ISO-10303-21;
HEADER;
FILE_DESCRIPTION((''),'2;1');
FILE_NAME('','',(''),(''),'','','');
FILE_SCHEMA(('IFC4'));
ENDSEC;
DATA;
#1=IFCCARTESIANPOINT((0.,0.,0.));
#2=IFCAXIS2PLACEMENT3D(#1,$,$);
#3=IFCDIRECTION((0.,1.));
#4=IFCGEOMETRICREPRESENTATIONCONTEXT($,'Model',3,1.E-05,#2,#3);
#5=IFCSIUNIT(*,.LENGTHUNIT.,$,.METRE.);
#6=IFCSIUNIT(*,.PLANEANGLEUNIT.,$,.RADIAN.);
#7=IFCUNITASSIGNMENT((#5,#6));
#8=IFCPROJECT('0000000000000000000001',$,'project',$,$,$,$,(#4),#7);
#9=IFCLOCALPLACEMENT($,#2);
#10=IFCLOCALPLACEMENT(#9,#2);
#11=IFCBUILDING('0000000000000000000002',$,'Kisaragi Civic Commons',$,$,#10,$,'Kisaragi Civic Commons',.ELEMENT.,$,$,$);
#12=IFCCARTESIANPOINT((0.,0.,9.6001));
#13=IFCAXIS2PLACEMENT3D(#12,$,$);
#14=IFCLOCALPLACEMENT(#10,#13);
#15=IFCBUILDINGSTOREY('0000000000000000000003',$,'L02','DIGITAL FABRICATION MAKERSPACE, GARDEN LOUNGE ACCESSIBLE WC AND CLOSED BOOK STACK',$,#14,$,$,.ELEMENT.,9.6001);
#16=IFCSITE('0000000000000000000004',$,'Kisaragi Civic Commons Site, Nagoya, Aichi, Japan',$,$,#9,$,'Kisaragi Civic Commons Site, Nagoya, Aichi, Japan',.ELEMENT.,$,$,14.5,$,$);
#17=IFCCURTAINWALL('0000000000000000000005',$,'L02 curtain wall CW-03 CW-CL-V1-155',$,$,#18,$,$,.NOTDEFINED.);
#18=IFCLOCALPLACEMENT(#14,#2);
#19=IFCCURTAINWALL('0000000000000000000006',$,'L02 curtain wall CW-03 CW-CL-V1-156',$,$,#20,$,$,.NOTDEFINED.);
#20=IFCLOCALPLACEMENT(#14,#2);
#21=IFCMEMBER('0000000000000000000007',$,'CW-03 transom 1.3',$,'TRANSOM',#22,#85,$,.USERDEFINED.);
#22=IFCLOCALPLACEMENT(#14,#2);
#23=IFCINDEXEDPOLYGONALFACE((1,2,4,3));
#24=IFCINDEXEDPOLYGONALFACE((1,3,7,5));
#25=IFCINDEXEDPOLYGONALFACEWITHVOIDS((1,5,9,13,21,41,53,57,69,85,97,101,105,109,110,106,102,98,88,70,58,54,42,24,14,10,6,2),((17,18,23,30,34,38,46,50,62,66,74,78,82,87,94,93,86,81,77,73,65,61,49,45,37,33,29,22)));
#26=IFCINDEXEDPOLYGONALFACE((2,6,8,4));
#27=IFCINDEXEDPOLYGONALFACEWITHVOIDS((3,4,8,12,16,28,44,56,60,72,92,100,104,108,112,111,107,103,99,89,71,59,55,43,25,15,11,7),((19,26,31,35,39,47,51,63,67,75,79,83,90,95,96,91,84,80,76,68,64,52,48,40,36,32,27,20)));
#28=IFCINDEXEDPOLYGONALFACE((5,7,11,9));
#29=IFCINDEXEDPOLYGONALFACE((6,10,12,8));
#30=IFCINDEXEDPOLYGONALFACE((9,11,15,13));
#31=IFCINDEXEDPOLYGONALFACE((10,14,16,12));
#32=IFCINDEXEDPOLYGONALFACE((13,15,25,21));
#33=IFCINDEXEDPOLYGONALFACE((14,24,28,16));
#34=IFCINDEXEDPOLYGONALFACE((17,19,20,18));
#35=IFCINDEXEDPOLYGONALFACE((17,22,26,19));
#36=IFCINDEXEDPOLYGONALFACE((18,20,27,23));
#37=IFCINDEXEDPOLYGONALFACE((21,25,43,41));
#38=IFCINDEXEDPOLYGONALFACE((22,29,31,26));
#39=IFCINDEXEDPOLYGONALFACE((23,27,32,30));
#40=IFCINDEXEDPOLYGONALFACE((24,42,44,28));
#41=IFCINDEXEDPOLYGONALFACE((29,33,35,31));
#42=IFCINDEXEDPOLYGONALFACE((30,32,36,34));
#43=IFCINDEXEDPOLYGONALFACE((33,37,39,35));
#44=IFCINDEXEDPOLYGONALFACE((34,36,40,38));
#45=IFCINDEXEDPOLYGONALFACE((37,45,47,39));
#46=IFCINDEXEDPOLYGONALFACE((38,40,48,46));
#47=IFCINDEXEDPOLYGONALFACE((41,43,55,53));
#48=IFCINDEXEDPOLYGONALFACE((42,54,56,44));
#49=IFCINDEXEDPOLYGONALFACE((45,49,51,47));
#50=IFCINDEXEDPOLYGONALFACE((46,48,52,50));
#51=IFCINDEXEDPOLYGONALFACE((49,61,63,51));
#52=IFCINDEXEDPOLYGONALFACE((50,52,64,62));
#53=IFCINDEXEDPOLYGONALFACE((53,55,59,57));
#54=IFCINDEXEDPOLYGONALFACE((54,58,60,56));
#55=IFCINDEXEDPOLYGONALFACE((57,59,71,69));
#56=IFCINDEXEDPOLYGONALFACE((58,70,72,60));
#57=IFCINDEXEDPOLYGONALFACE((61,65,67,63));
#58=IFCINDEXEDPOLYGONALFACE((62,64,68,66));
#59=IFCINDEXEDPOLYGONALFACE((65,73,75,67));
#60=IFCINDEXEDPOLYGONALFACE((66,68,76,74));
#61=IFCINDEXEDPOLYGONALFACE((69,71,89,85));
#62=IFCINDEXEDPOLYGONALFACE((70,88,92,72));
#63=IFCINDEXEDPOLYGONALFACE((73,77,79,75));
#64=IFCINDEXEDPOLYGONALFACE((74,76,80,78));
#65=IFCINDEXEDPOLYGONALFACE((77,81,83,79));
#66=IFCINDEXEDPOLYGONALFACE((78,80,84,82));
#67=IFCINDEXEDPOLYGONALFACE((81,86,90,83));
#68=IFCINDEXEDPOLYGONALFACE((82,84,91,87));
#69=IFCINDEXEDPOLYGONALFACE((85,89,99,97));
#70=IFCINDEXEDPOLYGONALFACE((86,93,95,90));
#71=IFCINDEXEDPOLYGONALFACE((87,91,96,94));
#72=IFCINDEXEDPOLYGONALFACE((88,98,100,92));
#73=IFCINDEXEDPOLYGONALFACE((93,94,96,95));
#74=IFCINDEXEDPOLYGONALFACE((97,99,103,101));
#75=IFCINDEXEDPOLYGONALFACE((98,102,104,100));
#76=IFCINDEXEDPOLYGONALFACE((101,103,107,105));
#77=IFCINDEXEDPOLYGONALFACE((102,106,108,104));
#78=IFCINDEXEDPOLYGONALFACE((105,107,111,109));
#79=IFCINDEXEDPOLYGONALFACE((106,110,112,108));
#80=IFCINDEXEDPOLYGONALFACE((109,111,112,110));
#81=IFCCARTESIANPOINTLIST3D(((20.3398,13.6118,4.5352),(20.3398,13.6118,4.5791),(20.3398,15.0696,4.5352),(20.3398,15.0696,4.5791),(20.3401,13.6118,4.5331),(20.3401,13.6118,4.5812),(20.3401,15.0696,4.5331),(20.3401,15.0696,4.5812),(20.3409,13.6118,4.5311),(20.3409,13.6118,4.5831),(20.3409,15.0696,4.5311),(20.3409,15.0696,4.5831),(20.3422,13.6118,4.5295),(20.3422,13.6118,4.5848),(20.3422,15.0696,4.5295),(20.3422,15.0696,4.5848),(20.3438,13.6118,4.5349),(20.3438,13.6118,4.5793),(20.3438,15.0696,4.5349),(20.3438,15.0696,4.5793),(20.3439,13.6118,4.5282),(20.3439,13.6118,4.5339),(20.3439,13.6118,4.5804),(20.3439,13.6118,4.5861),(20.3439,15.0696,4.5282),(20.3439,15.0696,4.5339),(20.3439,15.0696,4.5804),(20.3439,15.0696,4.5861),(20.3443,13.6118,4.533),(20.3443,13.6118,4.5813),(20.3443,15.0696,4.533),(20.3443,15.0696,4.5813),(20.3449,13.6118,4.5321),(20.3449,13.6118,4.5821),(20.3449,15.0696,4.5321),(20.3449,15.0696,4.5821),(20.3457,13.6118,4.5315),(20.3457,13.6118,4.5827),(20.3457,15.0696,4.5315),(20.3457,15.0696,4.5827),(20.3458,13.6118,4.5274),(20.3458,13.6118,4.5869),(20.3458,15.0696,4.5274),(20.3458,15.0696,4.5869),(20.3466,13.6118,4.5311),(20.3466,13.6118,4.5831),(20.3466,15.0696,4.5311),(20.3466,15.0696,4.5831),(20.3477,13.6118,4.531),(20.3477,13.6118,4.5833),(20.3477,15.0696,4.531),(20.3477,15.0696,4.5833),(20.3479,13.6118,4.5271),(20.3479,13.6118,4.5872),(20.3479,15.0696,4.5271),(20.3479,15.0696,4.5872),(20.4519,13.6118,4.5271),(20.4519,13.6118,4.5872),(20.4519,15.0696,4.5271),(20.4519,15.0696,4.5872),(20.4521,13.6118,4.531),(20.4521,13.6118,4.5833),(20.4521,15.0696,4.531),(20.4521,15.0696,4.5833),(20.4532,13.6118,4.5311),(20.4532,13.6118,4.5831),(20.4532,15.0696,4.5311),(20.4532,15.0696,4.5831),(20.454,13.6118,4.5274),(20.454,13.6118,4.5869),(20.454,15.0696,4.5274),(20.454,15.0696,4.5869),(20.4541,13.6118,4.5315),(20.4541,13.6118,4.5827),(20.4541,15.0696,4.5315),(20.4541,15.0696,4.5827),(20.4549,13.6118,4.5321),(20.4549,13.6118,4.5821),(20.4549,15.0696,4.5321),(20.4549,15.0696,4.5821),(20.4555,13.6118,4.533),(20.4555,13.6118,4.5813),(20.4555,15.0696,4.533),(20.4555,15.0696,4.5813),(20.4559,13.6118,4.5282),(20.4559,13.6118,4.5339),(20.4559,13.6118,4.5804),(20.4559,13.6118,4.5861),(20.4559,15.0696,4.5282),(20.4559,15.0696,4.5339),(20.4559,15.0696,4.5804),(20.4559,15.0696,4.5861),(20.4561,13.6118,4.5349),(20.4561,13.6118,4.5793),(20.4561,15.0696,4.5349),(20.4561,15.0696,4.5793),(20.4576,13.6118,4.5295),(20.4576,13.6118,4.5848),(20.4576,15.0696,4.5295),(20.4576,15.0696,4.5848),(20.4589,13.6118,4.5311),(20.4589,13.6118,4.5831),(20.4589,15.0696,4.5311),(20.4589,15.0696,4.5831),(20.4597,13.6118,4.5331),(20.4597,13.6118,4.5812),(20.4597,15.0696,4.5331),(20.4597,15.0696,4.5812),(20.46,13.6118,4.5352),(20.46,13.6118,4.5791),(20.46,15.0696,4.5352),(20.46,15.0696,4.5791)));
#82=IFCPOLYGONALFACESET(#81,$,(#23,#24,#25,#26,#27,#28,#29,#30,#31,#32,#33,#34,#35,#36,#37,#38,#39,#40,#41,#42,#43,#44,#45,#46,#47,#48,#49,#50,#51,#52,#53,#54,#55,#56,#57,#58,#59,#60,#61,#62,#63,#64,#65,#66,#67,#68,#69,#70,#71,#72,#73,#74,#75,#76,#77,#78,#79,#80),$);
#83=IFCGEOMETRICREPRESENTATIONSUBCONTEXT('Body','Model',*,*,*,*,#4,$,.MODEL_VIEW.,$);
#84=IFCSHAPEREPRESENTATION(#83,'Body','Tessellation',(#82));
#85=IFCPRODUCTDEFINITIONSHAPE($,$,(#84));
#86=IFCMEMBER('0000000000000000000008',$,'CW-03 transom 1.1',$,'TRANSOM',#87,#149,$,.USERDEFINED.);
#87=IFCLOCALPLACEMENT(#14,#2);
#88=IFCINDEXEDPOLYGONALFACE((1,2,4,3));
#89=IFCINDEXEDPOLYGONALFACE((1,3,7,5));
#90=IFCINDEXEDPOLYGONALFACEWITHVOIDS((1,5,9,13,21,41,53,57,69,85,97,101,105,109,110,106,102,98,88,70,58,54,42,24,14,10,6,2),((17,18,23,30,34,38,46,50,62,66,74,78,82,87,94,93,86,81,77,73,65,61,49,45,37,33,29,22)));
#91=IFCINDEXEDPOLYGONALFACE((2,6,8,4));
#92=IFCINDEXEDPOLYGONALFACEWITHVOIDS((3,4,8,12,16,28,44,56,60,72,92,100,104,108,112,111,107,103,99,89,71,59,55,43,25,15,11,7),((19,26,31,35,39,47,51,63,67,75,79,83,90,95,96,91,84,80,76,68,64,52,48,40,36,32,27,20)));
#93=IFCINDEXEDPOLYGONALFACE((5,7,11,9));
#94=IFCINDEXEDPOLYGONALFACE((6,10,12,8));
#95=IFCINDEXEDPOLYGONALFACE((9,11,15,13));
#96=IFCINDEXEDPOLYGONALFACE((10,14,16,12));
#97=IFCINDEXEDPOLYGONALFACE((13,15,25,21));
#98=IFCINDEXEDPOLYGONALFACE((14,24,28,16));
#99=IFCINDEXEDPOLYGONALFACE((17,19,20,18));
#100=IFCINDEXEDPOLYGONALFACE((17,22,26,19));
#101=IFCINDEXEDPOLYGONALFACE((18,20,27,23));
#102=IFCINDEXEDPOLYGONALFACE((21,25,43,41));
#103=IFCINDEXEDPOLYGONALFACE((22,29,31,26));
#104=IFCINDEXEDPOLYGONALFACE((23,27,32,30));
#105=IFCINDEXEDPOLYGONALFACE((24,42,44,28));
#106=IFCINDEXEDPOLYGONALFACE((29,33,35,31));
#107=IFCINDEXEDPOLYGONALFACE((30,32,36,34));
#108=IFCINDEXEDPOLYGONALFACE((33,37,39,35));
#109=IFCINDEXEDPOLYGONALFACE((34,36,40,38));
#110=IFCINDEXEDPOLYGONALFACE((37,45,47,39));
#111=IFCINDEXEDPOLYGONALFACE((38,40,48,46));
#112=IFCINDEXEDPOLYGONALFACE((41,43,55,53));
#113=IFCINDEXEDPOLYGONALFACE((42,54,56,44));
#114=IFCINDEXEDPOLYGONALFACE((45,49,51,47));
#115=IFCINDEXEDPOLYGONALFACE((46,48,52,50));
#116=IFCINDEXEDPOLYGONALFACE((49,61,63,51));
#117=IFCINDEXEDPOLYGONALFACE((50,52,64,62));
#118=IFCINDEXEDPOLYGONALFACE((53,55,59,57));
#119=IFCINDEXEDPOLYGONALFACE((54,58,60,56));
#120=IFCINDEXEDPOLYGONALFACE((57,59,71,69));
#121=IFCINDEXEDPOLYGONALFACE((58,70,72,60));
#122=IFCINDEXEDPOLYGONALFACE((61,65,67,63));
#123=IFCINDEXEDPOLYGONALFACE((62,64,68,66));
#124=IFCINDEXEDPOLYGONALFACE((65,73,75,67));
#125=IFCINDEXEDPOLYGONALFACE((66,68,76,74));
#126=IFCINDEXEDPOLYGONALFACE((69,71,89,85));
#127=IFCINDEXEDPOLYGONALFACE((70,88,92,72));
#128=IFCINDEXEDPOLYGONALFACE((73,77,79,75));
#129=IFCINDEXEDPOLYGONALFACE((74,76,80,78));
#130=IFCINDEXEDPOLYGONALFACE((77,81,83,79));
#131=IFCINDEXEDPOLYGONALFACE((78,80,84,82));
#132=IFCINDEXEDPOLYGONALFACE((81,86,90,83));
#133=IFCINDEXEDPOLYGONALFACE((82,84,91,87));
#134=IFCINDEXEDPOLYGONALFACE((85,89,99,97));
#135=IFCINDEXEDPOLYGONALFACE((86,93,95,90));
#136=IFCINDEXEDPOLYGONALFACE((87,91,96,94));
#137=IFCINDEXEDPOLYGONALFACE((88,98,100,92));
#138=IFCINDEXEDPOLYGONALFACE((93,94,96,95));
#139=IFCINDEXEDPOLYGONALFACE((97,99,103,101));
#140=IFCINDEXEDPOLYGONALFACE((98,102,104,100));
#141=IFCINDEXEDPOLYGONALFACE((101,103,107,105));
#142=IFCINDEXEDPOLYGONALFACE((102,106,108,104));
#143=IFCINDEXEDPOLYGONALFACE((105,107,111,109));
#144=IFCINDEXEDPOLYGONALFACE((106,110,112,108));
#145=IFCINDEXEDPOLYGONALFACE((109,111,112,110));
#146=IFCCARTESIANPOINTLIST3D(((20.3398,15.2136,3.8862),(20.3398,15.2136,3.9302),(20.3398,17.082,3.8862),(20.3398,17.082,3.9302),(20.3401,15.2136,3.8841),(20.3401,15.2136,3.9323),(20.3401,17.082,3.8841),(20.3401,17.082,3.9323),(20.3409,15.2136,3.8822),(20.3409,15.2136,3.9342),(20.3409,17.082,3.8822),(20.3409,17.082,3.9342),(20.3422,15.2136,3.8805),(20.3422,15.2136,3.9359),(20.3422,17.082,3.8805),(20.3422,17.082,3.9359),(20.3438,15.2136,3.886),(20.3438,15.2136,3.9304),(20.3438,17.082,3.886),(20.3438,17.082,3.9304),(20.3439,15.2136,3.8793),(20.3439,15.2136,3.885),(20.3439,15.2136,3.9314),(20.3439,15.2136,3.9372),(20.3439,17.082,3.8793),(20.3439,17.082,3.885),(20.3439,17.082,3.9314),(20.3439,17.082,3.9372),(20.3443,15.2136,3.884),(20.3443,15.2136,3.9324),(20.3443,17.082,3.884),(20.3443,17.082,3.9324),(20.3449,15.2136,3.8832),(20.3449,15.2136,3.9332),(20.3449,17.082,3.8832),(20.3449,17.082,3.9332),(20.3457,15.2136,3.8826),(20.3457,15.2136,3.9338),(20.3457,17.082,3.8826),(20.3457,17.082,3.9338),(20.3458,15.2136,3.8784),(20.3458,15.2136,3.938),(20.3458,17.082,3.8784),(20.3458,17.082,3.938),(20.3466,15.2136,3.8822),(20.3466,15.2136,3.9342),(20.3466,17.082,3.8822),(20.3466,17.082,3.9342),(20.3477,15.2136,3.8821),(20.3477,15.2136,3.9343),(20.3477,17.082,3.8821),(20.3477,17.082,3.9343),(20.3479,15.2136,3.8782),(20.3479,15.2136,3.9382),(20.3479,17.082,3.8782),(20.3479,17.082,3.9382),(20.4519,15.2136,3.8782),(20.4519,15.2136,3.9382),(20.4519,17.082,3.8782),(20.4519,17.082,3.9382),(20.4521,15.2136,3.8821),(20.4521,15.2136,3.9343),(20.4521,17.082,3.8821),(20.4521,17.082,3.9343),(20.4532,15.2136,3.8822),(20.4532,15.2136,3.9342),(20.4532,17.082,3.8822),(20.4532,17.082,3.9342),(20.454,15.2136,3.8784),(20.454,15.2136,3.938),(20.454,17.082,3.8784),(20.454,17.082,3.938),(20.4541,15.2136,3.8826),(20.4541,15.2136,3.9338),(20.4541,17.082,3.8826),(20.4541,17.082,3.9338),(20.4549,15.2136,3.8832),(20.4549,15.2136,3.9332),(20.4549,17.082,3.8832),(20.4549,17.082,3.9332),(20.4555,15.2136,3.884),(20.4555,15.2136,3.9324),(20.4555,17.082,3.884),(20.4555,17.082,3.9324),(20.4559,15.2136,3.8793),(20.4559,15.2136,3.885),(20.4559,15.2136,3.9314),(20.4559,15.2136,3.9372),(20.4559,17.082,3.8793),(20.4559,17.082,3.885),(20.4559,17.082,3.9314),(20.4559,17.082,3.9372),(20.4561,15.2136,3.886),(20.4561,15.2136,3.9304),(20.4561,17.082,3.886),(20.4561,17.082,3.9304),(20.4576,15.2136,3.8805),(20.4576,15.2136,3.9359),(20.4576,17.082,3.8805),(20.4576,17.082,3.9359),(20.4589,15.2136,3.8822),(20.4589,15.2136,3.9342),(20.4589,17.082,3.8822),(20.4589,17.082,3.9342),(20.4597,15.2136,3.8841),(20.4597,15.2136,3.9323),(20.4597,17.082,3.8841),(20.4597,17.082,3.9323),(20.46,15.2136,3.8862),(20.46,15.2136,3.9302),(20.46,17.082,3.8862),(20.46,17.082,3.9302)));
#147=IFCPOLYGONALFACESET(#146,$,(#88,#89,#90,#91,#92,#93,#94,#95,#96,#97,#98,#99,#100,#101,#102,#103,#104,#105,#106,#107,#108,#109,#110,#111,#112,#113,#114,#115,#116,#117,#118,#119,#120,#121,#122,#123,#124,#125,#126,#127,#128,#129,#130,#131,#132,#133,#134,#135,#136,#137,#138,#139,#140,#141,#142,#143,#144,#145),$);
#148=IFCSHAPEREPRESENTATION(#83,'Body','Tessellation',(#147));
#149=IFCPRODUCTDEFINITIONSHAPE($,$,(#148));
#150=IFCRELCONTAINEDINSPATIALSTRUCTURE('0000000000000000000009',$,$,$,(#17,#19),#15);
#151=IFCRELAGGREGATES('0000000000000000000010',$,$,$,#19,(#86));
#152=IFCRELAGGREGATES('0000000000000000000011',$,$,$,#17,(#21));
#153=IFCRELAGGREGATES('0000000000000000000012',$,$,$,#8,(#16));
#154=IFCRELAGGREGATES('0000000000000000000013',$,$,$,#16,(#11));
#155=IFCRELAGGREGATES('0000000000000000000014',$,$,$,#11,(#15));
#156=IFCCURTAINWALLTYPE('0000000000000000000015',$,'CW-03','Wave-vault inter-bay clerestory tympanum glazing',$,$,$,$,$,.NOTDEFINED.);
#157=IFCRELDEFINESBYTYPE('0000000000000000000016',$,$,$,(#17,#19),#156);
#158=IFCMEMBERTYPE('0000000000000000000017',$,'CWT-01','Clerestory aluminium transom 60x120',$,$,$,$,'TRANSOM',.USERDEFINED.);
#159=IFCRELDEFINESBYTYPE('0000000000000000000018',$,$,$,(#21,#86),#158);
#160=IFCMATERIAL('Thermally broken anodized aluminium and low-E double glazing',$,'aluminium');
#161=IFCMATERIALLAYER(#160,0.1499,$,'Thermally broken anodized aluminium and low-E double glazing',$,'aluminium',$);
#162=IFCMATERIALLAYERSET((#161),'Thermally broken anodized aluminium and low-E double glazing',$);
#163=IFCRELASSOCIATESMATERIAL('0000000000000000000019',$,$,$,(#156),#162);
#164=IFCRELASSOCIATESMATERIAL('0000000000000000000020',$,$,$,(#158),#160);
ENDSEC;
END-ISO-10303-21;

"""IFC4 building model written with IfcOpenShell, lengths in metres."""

from ifc_helpers import new_model, si_unit, direction, frame, origin, origin_2d, place, context, subcontext, project, spatial, hollow_rectangle, extrude, material, layer, layer_set, material_profile, profile_set, type_object, element, aggregate, save


model = new_model("IFC4")

# Units and contexts
model_context = context("Model", 3, precision=1e-05, world=origin(), true_north=direction((0.0, 1.0)))
body_context = subcontext(model_context, "Body", "Model", "MODEL_VIEW")
ifc_project = project(units=[si_unit("LENGTHUNIT", "METRE"), si_unit("PLANEANGLEUNIT", "RADIAN")], contexts=[model_context])

# Site, building, storey
site_placement = place(None, origin())
site = spatial("IfcSite", under=ifc_project, at=site_placement, Name="Kisaragi Civic Commons Site, Nagoya, Aichi, Japan", LongName="Kisaragi Civic Commons Site, Nagoya, Aichi, Japan", CompositionType="ELEMENT", RefElevation=14.5)
building_placement = place(site_placement, origin())
building = spatial("IfcBuilding", under=site, at=building_placement, Name="Kisaragi Civic Commons", LongName="Kisaragi Civic Commons", CompositionType="ELEMENT")
storey_placement = place(building_placement, frame((0.0, 0.0, 9.6001)))
storey = spatial("IfcBuildingStorey", under=building, at=storey_placement, Name="L02", Description="DIGITAL FABRICATION MAKERSPACE, GARDEN LOUNGE ACCESSIBLE WC AND CLOSED BOOK STACK", CompositionType="ELEMENT", Elevation=9.6001)

# Curtain wall
ifc_material_1 = material(Name="Thermally broken anodized aluminium and low-E double glazing", Category="aluminium")
ifc_layer_1 = layer(ifc_material_1, 0.1499, Name="Thermally broken anodized aluminium and low-E double glazing", Category="aluminium")
ifc_layer_set_1 = layer_set([ifc_layer_1], Name="Thermally broken anodized aluminium and low-E double glazing")
curtain_wall_type = type_object("IfcCurtainWallType", Name="CW-03", Description="Wave-vault inter-bay clerestory tympanum glazing", PredefinedType="NOTDEFINED", material=ifc_layer_set_1)
curtain_wall_1_placement = place(storey_placement, origin())
curtain_wall_1 = element("IfcCurtainWall", 1, at=curtain_wall_1_placement, inside=storey, type_object=curtain_wall_type, Name="L02 curtain wall CW-03 CW-CL-V1-155", PredefinedType="NOTDEFINED")

# Curtain wall
curtain_wall_2_placement = place(storey_placement, origin())
curtain_wall_2 = element("IfcCurtainWall", 2, at=curtain_wall_2_placement, inside=storey, type_object=curtain_wall_type, Name="L02 curtain wall CW-03 CW-CL-V1-156", PredefinedType="NOTDEFINED")

# Members
ifc_material_profile_1 = material_profile(ifc_material_1, hollow_rectangle(XDim=0.1201, YDim=0.0601, WallThickness=0.0039, InnerFilletRadius=0.0039, OuterFilletRadius=0.0081, at=origin_2d()), Name="CWT-60x120x4", Category="aluminium")
ifc_profile_set_1 = profile_set([ifc_material_profile_1], Name="Thermally broken anodized aluminium and low-E double glazing")
member_type_1 = type_object("IfcMemberType", Name="CWT-01", Description="Clerestory aluminium transom 60x120", ElementType="TRANSOM", PredefinedType="USERDEFINED", material=ifc_profile_set_1)
member_1_placement = place(storey_placement, frame((20.3999, 13.6118, 4.5571), z_axis=(0.0, 1.0, 0.0), x_axis=(-1.0, 0.0, 0.0)))
member_1 = element("IfcMember", 3, at=member_1_placement, type_object=member_type_1, Name="CW-03 transom 1.3", ObjectType="TRANSOM", PredefinedType="USERDEFINED", context=body_context, shape_type="SweptSolid", body=[
    extrude(hollow_rectangle(XDim=0.1201, YDim=0.0601, WallThickness=0.0039, InnerFilletRadius=0.0039, OuterFilletRadius=0.0081, at=origin_2d()), origin(), (0.0, 0.0, 1.0), 1.4578),
])
member_2_placement = place(storey_placement, frame((20.3999, 15.2136, 3.9082), z_axis=(0.0, 1.0, 0.0), x_axis=(-1.0, 0.0, 0.0)))
member_2 = element("IfcMember", 4, at=member_2_placement, type_object=member_type_1, Name="CW-03 transom 1.1", ObjectType="TRANSOM", PredefinedType="USERDEFINED", context=body_context, shape_type="SweptSolid", body=[
    extrude(hollow_rectangle(XDim=0.1201, YDim=0.0601, WallThickness=0.0039, InnerFilletRadius=0.0039, OuterFilletRadius=0.0081, at=origin_2d()), origin(), (0.0, 0.0, 1.0), 1.8684),
])

aggregate(curtain_wall_2, [member_2])
aggregate(curtain_wall_1, [member_1])

save(model, "model.ifc")
